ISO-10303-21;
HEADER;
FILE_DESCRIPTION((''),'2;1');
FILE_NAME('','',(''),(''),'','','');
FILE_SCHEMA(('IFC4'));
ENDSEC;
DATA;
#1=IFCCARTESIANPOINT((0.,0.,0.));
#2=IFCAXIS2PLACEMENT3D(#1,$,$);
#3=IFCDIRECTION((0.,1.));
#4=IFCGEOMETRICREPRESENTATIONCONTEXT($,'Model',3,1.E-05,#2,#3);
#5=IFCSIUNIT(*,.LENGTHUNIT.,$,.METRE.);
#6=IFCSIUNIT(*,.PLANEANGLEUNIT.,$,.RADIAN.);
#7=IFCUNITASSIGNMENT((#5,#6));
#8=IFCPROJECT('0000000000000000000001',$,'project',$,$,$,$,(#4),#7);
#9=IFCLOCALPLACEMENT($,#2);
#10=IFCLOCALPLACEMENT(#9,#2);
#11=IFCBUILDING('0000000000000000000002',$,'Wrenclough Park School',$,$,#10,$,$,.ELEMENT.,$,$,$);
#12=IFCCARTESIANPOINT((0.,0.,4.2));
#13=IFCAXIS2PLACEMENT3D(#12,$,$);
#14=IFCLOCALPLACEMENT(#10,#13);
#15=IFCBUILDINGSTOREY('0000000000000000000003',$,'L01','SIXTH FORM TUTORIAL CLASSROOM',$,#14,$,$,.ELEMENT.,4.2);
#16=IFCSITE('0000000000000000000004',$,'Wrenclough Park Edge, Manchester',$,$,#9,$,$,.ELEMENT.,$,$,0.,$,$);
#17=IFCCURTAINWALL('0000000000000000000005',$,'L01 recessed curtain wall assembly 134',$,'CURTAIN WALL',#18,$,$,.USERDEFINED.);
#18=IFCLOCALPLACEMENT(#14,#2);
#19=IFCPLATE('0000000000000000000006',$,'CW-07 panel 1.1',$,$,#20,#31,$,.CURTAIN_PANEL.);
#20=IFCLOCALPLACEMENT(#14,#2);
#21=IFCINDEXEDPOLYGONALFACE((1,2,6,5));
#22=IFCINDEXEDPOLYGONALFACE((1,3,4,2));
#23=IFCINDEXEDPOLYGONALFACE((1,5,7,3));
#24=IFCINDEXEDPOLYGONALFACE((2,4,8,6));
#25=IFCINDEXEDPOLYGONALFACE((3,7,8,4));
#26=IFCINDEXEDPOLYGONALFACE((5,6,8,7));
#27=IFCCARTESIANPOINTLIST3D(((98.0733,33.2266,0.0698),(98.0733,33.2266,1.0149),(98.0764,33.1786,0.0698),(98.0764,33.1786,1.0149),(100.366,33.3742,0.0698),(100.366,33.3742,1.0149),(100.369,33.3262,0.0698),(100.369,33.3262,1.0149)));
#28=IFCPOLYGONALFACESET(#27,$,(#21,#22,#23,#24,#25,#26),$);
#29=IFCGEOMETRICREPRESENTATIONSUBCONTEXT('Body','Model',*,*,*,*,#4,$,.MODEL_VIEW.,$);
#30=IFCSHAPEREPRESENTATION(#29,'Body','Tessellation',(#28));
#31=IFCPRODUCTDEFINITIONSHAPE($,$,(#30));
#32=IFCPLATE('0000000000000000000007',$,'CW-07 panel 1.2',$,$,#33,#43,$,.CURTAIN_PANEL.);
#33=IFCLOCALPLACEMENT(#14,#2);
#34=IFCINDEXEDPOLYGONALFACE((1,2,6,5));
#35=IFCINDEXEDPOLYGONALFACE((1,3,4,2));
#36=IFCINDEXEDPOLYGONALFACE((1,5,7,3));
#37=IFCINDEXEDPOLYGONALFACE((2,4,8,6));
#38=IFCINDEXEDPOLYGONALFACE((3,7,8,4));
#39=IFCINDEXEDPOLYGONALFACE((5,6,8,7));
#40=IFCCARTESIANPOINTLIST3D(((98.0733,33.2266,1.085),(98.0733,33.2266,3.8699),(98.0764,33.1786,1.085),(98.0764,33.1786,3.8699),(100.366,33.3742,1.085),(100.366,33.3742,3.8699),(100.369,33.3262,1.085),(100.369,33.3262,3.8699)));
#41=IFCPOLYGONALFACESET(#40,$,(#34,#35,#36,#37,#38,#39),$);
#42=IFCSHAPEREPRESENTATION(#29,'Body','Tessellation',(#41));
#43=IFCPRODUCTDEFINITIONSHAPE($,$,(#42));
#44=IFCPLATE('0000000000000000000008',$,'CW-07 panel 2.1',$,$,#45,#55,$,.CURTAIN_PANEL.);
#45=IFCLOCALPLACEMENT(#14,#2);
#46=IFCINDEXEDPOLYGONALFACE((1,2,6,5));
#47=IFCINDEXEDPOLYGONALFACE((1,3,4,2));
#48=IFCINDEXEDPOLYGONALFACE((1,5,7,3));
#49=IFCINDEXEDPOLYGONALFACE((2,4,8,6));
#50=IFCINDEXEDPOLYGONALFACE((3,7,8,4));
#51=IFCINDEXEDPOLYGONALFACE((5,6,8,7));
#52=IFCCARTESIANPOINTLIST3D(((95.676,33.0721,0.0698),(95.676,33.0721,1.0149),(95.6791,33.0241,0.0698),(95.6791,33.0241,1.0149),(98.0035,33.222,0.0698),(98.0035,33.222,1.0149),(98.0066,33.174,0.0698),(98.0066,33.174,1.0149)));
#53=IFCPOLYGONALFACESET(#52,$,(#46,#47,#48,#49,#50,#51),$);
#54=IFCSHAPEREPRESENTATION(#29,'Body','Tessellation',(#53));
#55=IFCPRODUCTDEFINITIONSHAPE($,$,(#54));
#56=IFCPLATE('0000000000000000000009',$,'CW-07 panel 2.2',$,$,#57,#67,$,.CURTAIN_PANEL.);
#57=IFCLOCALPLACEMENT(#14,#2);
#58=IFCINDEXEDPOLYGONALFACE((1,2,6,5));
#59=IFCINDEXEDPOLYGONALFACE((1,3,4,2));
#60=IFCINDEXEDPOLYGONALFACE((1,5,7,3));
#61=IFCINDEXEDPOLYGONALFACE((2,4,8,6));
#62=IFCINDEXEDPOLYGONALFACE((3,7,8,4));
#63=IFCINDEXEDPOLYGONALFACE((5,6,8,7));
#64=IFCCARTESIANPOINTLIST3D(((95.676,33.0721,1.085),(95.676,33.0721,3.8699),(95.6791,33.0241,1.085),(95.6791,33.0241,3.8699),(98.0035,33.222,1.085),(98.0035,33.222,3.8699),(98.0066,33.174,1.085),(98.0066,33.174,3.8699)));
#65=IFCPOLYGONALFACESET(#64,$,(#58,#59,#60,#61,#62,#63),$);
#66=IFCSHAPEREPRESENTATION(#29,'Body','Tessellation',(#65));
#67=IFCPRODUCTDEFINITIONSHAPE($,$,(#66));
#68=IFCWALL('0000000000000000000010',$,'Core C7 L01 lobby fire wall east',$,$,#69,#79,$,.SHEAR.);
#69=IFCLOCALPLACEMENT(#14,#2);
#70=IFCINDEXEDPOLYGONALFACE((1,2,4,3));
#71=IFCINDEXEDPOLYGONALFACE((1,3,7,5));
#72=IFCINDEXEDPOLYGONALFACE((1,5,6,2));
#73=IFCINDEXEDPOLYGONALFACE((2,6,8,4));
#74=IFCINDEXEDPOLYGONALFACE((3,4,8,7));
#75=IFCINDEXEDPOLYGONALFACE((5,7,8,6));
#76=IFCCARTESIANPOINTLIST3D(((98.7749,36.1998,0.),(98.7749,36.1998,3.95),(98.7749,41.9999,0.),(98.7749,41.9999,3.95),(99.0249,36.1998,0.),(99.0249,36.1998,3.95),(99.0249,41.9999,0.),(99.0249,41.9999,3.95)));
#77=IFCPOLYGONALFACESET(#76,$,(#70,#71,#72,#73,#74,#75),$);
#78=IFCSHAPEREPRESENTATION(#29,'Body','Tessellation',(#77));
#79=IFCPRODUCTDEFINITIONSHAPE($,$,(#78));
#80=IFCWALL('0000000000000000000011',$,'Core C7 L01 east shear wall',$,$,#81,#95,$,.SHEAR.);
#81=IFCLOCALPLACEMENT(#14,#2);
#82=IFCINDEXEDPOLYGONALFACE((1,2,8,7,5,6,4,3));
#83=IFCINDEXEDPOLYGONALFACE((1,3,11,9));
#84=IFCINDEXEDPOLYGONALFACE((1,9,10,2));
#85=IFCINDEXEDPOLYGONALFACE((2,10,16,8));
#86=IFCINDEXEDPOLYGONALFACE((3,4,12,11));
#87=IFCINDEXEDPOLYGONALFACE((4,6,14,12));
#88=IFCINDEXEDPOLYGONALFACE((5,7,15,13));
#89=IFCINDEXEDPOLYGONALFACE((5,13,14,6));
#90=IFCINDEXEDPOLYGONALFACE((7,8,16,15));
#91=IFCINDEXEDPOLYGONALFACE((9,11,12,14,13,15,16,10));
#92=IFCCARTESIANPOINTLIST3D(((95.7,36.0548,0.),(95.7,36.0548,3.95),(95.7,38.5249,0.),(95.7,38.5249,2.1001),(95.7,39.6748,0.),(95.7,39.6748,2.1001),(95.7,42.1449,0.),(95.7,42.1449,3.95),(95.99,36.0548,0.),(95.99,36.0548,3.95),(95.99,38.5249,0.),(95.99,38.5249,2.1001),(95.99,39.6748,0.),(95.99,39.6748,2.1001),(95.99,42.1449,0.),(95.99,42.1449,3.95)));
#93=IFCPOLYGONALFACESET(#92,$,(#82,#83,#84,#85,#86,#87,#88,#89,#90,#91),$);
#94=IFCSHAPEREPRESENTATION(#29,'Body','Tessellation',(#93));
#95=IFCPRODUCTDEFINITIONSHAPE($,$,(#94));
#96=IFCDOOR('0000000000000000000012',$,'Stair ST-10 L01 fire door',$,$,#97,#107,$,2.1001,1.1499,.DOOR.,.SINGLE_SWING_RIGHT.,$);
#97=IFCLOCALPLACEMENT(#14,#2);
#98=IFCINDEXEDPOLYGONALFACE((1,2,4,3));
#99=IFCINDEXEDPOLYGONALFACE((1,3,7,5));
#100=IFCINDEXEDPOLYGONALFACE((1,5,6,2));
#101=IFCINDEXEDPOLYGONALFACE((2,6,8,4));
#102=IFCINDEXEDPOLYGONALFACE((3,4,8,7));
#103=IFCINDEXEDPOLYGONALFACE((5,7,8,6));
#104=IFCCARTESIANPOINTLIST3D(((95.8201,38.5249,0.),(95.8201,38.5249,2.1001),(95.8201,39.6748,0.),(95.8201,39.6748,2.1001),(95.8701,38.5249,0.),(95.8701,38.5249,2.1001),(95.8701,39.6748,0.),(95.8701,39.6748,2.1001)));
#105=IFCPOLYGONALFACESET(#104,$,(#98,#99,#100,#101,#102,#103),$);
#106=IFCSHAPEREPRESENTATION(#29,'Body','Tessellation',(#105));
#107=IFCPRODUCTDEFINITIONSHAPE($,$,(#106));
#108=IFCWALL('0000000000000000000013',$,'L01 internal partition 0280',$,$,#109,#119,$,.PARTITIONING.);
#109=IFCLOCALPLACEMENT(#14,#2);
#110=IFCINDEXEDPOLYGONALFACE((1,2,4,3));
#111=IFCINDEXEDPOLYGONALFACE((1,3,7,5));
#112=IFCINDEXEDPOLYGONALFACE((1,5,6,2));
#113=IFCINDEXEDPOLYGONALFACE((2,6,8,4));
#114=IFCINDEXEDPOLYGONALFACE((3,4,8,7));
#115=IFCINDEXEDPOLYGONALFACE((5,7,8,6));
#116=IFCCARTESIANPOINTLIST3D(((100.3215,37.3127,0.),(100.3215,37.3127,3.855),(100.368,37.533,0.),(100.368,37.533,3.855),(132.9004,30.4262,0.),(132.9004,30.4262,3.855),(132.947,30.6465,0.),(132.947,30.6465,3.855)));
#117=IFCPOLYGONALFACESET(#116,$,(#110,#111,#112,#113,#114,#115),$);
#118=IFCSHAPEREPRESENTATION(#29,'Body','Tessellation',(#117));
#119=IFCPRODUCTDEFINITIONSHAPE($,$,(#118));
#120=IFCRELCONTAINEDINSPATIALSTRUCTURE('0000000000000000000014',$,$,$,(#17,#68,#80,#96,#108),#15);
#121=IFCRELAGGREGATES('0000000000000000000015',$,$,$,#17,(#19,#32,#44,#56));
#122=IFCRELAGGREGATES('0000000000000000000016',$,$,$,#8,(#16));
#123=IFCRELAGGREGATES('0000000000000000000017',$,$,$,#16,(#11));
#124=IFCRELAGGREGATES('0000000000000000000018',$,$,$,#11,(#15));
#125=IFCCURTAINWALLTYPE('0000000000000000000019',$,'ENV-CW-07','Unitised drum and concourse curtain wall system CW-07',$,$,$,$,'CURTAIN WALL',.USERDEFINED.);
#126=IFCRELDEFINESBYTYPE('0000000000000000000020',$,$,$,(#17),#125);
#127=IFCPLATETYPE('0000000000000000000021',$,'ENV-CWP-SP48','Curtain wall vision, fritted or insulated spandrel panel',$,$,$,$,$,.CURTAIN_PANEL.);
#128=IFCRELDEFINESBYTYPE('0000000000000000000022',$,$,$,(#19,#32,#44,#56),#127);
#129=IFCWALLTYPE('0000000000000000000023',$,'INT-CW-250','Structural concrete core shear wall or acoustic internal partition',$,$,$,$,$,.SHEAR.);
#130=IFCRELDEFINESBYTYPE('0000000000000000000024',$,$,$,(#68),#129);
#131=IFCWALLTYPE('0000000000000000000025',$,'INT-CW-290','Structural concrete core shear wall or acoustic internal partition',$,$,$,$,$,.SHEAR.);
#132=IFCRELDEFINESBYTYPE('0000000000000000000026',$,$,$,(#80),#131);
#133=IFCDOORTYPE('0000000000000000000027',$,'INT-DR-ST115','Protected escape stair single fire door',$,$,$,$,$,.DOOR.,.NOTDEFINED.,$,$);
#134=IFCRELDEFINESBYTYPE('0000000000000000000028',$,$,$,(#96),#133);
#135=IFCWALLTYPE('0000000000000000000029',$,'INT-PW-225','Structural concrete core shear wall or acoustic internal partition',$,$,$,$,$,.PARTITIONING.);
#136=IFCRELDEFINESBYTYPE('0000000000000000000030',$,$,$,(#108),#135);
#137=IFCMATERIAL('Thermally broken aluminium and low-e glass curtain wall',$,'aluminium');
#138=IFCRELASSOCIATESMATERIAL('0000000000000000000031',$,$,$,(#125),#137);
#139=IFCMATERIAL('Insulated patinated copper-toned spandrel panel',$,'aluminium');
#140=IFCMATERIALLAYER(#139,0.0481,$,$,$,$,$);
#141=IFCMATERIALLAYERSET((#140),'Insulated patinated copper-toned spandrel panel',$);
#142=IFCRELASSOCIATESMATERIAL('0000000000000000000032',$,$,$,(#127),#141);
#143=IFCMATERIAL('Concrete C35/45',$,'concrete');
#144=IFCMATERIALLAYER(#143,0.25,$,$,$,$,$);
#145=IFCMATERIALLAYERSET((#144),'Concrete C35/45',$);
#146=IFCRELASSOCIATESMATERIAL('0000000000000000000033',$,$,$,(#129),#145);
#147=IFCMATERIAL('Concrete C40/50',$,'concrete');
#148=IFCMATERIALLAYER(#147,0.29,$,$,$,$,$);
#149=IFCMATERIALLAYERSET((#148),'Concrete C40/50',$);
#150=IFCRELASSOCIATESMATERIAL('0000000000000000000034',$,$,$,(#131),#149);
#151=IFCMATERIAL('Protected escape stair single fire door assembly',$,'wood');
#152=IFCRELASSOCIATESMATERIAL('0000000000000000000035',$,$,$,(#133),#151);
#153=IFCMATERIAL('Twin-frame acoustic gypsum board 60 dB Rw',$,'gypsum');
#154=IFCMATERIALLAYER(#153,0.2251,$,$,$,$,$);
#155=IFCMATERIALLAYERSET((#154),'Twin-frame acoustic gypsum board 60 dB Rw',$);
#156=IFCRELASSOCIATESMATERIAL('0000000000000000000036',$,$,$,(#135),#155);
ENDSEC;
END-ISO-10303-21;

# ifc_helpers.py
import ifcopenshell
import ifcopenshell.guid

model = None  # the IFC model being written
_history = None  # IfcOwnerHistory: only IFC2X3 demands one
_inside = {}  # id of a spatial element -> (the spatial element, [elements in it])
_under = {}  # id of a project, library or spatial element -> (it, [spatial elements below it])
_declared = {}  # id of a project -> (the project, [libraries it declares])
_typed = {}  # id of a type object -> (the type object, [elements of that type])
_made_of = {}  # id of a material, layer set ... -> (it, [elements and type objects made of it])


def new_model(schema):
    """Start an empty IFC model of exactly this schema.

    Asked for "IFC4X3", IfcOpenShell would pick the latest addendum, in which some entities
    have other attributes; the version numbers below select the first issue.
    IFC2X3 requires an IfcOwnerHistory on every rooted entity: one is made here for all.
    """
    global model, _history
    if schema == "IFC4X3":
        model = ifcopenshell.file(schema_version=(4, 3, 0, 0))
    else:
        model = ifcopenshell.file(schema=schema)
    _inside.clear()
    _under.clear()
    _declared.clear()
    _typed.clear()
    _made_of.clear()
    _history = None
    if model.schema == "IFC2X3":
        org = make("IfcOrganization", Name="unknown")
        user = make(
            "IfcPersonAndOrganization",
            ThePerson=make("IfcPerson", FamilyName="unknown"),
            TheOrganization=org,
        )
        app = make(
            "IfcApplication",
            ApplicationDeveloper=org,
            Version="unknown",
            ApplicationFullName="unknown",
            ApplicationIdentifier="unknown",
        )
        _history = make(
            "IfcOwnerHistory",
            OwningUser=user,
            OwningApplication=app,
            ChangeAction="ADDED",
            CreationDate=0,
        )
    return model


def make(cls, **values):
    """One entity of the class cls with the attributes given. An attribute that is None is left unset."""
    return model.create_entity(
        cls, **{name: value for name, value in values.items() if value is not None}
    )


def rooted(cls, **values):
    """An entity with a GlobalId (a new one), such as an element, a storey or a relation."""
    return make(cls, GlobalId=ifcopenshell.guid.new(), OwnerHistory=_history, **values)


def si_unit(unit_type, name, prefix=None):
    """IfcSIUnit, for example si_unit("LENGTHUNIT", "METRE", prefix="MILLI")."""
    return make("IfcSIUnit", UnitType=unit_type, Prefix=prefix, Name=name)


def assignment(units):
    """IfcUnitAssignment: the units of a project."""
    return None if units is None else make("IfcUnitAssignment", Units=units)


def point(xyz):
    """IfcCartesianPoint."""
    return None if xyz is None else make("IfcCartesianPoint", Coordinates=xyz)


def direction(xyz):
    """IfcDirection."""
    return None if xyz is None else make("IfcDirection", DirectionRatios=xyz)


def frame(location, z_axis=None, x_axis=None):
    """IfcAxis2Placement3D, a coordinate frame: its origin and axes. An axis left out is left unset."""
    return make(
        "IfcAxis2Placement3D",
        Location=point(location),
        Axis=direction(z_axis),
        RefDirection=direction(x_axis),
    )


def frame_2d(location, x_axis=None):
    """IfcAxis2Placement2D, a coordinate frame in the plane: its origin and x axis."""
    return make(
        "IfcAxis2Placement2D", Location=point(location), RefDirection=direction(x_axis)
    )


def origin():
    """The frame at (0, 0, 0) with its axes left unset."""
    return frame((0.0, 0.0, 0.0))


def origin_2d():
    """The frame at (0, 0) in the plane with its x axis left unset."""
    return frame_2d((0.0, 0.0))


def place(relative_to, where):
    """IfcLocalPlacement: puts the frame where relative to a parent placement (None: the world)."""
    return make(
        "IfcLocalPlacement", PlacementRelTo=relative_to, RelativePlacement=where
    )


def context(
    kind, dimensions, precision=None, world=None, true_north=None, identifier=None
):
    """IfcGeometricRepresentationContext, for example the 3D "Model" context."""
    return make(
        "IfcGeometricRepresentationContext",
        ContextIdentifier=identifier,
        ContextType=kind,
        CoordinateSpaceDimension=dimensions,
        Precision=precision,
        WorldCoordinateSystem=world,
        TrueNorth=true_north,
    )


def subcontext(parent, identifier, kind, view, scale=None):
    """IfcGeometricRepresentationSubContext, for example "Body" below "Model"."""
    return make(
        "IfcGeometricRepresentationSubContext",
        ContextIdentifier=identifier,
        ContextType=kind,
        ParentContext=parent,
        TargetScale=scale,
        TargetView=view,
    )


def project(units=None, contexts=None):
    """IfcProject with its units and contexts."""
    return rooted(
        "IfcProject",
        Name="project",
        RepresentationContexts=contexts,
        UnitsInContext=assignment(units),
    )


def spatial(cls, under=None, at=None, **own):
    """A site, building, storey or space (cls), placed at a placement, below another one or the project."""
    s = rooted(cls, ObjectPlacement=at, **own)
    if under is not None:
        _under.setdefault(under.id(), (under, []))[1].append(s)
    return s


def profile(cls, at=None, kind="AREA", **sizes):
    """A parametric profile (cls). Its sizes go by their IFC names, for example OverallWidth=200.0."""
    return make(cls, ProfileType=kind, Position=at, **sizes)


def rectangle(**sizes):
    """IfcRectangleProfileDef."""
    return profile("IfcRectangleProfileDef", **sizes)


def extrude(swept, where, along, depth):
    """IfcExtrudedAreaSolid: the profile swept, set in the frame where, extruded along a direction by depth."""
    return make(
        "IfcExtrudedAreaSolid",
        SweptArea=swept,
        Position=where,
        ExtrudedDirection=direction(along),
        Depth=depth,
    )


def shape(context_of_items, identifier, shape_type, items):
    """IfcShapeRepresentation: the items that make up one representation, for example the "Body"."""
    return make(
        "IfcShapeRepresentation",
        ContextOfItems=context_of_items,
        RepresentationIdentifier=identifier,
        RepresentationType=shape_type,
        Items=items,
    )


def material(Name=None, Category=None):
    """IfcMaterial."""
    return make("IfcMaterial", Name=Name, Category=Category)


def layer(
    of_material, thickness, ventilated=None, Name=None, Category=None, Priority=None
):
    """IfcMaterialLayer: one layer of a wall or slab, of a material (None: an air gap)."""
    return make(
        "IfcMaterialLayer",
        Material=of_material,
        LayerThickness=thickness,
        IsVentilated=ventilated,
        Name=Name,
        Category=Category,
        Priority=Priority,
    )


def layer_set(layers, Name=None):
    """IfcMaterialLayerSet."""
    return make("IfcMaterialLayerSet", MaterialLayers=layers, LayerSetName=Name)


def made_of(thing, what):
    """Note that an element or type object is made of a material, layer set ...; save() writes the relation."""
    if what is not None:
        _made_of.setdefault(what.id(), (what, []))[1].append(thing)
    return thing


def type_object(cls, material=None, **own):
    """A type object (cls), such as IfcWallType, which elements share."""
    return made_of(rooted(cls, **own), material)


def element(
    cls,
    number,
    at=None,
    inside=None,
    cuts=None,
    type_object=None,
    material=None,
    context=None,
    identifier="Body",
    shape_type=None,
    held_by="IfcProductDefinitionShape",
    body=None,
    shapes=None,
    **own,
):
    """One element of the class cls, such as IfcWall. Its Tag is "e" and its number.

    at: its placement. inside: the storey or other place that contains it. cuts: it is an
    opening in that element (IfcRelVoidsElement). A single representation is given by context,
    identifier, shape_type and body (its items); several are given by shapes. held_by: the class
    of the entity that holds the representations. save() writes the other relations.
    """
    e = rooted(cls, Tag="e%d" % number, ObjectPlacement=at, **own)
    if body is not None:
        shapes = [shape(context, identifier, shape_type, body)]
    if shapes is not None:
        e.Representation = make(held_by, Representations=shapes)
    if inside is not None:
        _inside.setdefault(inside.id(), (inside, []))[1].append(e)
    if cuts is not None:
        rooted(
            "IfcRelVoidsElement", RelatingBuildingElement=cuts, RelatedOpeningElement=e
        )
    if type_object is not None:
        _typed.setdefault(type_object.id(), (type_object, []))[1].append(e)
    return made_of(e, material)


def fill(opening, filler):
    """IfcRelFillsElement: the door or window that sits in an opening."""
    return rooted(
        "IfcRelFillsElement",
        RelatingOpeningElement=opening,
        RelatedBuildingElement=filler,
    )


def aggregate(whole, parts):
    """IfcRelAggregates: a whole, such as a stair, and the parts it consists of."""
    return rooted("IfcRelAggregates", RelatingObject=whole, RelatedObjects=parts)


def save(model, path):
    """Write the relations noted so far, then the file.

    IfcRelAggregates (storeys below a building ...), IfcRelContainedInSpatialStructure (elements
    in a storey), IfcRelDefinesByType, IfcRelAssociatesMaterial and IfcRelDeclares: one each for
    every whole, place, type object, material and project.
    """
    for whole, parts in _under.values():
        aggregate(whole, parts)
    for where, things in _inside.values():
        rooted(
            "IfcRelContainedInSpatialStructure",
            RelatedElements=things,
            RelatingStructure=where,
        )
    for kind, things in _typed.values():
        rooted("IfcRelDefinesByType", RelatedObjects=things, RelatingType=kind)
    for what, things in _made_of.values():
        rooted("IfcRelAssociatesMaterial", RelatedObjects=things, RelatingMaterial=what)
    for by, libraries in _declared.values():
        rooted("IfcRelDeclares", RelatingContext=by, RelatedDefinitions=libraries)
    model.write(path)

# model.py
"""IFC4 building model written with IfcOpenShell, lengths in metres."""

from ifc_helpers import new_model, si_unit, direction, frame, frame_2d, origin, origin_2d, place, context, subcontext, project, spatial, rectangle, extrude, material, layer, layer_set, type_object, element, fill, aggregate, save


model = new_model("IFC4")

# Units and contexts
model_context = context("Model", 3, precision=1e-05, world=origin(), true_north=direction((0.0, 1.0)))
body_context = subcontext(model_context, "Body", "Model", "MODEL_VIEW")
ifc_project = project(units=[si_unit("LENGTHUNIT", "METRE"), si_unit("PLANEANGLEUNIT", "RADIAN")], contexts=[model_context])

# Site, building, storey
site_placement = place(None, origin())
site = spatial("IfcSite", under=ifc_project, at=site_placement, Name="Wrenclough Park Edge, Manchester", CompositionType="ELEMENT", RefElevation=0.0)
building_placement = place(site_placement, origin())
building = spatial("IfcBuilding", under=site, at=building_placement, Name="Wrenclough Park School", CompositionType="ELEMENT")
storey_placement = place(building_placement, frame((0.0, 0.0, 4.2)))
storey = spatial("IfcBuildingStorey", under=building, at=storey_placement, Name="L01", Description="SIXTH FORM TUTORIAL CLASSROOM", CompositionType="ELEMENT", Elevation=4.2)

# Shared definitions
ifc_material_1 = material(Name="Thermally broken aluminium and low-e glass curtain wall", Category="aluminium")

# Curtain wall
curtain_wall_type_1 = type_object("IfcCurtainWallType", Name="ENV-CW-07", Description="Unitised drum and concourse curtain wall system CW-07", ElementType="CURTAIN WALL", PredefinedType="USERDEFINED", material=ifc_material_1)
curtain_wall_1_placement = place(storey_placement, origin())
curtain_wall_1 = element("IfcCurtainWall", 1, at=curtain_wall_1_placement, inside=storey, type_object=curtain_wall_type_1, Name="L01 recessed curtain wall assembly 134", ObjectType="CURTAIN WALL", PredefinedType="USERDEFINED")

# Plates
ifc_material_2 = material(Name="Insulated patinated copper-toned spandrel panel", Category="aluminium")
ifc_layer_1 = layer(ifc_material_2, 0.0481)
ifc_layer_set_1 = layer_set([ifc_layer_1], Name="Insulated patinated copper-toned spandrel panel")
plate_type_1 = type_object("IfcPlateType", Name="ENV-CWP-SP48", Description="Curtain wall vision, fritted or insulated spandrel panel", PredefinedType="CURTAIN_PANEL", material=ifc_layer_set_1)
plate_1_placement = place(storey_placement, frame((99.2212, 33.2764, 0.0698), z_axis=(0.0, 0.0, 1.0), x_axis=(-0.997933, -0.064259, 0.0)))
plate_1 = element("IfcPlate", 2, at=plate_1_placement, type_object=plate_type_1, Name="CW-07 panel 1.1", PredefinedType="CURTAIN_PANEL", context=body_context, shape_type="SweptSolid", body=[
    extrude(rectangle(XDim=2.2974, YDim=0.0481, at=origin_2d()), origin(), (0.0, 0.0, 1.0), 0.9451),
])
plate_2_placement = place(storey_placement, frame((99.2212, 33.2764, 1.085), z_axis=(0.0, 0.0, 1.0), x_axis=(-0.997933, -0.064259, 0.0)))
plate_2 = element("IfcPlate", 3, at=plate_2_placement, type_object=plate_type_1, Name="CW-07 panel 1.2", PredefinedType="CURTAIN_PANEL", context=body_context, shape_type="SweptSolid", body=[
    extrude(rectangle(XDim=2.2974, YDim=0.0481, at=origin_2d()), origin(), (0.0, 0.0, 1.0), 2.7849),
])
plate_3_placement = place(storey_placement, frame((96.8413, 33.123, 0.0698), z_axis=(0.0, 0.0, 1.0), x_axis=(-0.997933, -0.064259, 0.0)))
plate_3 = element("IfcPlate", 4, at=plate_3_placement, type_object=plate_type_1, Name="CW-07 panel 2.1", PredefinedType="CURTAIN_PANEL", context=body_context, shape_type="SweptSolid", body=[
    extrude(rectangle(XDim=2.3323, YDim=0.0481, at=origin_2d()), origin(), (0.0, 0.0, 1.0), 0.9451),
])
plate_4_placement = place(storey_placement, frame((96.8413, 33.123, 1.085), z_axis=(0.0, 0.0, 1.0), x_axis=(-0.997933, -0.064259, 0.0)))
plate_4 = element("IfcPlate", 5, at=plate_4_placement, type_object=plate_type_1, Name="CW-07 panel 2.2", PredefinedType="CURTAIN_PANEL", context=body_context, shape_type="SweptSolid", body=[
    extrude(rectangle(XDim=2.3323, YDim=0.0481, at=origin_2d()), origin(), (0.0, 0.0, 1.0), 2.7849),
])
aggregate(curtain_wall_1, [plate_1, plate_2, plate_3, plate_4])

# Shared definitions
ifc_material_3 = material(Name="Concrete C35/45", Category="concrete")
ifc_layer_2 = layer(ifc_material_3, 0.25)
ifc_layer_set_2 = layer_set([ifc_layer_2], Name="Concrete C35/45")
wall_type_1 = type_object("IfcWallType", Name="INT-CW-250", Description="Structural concrete core shear wall or acoustic internal partition", PredefinedType="SHEAR", material=ifc_layer_set_2)

# Wall
wall_1_placement = place(storey_placement, frame((98.8999, 36.2, 0.0), z_axis=(0.0, 0.0, 1.0), x_axis=(0.0, 1.0, 0.0)))
element("IfcWall", 6, at=wall_1_placement, inside=storey, type_object=wall_type_1, Name="Core C7 L01 lobby fire wall east", PredefinedType="SHEAR", context=body_context, shape_type="SweptSolid", body=[
    extrude(rectangle(XDim=5.8, YDim=0.25, at=frame_2d((2.8999, 0.0))), origin(), (0.0, 0.0, 1.0), 3.95),
])

# Wall, opening, door
ifc_material_4 = material(Name="Concrete C40/50", Category="concrete")
ifc_layer_3 = layer(ifc_material_4, 0.29)
ifc_layer_set_3 = layer_set([ifc_layer_3], Name="Concrete C40/50")
wall_type_2 = type_object("IfcWallType", Name="INT-CW-290", Description="Structural concrete core shear wall or acoustic internal partition", PredefinedType="SHEAR", material=ifc_layer_set_3)
wall_2_placement = place(storey_placement, frame((95.845, 36.0549, 0.0), z_axis=(0.0, 0.0, 1.0), x_axis=(0.0, 1.0, 0.0)))
wall_2 = element("IfcWall", 7, at=wall_2_placement, inside=storey, type_object=wall_type_2, Name="Core C7 L01 east shear wall", PredefinedType="SHEAR", context=body_context, shape_type="SweptSolid", body=[
    extrude(rectangle(XDim=6.0901, YDim=0.29, at=frame_2d((3.0449, 0.0))), origin(), (0.0, 0.0, 1.0), 3.95),
])
opening_1_placement = place(wall_2_placement, frame((2.47, 0.0, 0.0)))
opening_1 = element("IfcOpeningElement", 8, at=opening_1_placement, cuts=wall_2, PredefinedType="OPENING", context=body_context, shape_type="SweptSolid", body=[
    extrude(rectangle(XDim=1.1499, YDim=2.1001, at=frame_2d((0.575, 1.05))), frame((0.0, 0.155, 0.0), z_axis=(0.0, -1.0, 0.0), x_axis=(1.0, 0.0, 0.0)), (0.0, 0.0, 1.0), 0.3101),
])
ifc_material_5 = material(Name="Protected escape stair single fire door assembly", Category="wood")
door_type_1 = type_object("IfcDoorType", Name="INT-DR-ST115", Description="Protected escape stair single fire door", OperationType="NOTDEFINED", PredefinedType="DOOR", material=ifc_material_5)
door_1_placement = place(opening_1_placement, origin())
door_1 = element("IfcDoor", 9, at=door_1_placement, inside=storey, type_object=door_type_1, Name="Stair ST-10 L01 fire door", OperationType="SINGLE_SWING_RIGHT", OverallHeight=2.1001, OverallWidth=1.1499, PredefinedType="DOOR", context=body_context, shape_type="SweptSolid", body=[
    extrude(rectangle(XDim=1.1499, YDim=2.1001, at=frame_2d((0.575, 1.05))), frame((0.0, 0.0249, 0.0), z_axis=(0.0, -1.0, 0.0), x_axis=(1.0, 0.0, 0.0)), (0.0, 0.0, 1.0), 0.05),
])
fill(opening_1, door_1)

# Wall
ifc_material_6 = material(Name="Twin-frame acoustic gypsum board 60 dB Rw", Category="gypsum")
ifc_layer_4 = layer(ifc_material_6, 0.2251)
ifc_layer_set_4 = layer_set([ifc_layer_4], Name="Twin-frame acoustic gypsum board 60 dB Rw")
wall_type_3 = type_object("IfcWallType", Name="INT-PW-225", Description="Structural concrete core shear wall or acoustic internal partition", PredefinedType="PARTITIONING", material=ifc_layer_set_4)
wall_3_placement = place(storey_placement, frame((100.3447, 37.4229, 0.0), z_axis=(0.0, 0.0, 1.0), x_axis=(0.978381, -0.206809, 0.0)))
element("IfcWall", 10, at=wall_3_placement, inside=storey, type_object=wall_type_3, Name="L01 internal partition 0280", PredefinedType="PARTITIONING", context=body_context, shape_type="SweptSolid", body=[
    extrude(rectangle(XDim=33.2988, YDim=0.2251, at=frame_2d((16.6494, 0.0))), origin(), (0.0, 0.0, 1.0), 3.855),
])

save(model, "model.ifc")
